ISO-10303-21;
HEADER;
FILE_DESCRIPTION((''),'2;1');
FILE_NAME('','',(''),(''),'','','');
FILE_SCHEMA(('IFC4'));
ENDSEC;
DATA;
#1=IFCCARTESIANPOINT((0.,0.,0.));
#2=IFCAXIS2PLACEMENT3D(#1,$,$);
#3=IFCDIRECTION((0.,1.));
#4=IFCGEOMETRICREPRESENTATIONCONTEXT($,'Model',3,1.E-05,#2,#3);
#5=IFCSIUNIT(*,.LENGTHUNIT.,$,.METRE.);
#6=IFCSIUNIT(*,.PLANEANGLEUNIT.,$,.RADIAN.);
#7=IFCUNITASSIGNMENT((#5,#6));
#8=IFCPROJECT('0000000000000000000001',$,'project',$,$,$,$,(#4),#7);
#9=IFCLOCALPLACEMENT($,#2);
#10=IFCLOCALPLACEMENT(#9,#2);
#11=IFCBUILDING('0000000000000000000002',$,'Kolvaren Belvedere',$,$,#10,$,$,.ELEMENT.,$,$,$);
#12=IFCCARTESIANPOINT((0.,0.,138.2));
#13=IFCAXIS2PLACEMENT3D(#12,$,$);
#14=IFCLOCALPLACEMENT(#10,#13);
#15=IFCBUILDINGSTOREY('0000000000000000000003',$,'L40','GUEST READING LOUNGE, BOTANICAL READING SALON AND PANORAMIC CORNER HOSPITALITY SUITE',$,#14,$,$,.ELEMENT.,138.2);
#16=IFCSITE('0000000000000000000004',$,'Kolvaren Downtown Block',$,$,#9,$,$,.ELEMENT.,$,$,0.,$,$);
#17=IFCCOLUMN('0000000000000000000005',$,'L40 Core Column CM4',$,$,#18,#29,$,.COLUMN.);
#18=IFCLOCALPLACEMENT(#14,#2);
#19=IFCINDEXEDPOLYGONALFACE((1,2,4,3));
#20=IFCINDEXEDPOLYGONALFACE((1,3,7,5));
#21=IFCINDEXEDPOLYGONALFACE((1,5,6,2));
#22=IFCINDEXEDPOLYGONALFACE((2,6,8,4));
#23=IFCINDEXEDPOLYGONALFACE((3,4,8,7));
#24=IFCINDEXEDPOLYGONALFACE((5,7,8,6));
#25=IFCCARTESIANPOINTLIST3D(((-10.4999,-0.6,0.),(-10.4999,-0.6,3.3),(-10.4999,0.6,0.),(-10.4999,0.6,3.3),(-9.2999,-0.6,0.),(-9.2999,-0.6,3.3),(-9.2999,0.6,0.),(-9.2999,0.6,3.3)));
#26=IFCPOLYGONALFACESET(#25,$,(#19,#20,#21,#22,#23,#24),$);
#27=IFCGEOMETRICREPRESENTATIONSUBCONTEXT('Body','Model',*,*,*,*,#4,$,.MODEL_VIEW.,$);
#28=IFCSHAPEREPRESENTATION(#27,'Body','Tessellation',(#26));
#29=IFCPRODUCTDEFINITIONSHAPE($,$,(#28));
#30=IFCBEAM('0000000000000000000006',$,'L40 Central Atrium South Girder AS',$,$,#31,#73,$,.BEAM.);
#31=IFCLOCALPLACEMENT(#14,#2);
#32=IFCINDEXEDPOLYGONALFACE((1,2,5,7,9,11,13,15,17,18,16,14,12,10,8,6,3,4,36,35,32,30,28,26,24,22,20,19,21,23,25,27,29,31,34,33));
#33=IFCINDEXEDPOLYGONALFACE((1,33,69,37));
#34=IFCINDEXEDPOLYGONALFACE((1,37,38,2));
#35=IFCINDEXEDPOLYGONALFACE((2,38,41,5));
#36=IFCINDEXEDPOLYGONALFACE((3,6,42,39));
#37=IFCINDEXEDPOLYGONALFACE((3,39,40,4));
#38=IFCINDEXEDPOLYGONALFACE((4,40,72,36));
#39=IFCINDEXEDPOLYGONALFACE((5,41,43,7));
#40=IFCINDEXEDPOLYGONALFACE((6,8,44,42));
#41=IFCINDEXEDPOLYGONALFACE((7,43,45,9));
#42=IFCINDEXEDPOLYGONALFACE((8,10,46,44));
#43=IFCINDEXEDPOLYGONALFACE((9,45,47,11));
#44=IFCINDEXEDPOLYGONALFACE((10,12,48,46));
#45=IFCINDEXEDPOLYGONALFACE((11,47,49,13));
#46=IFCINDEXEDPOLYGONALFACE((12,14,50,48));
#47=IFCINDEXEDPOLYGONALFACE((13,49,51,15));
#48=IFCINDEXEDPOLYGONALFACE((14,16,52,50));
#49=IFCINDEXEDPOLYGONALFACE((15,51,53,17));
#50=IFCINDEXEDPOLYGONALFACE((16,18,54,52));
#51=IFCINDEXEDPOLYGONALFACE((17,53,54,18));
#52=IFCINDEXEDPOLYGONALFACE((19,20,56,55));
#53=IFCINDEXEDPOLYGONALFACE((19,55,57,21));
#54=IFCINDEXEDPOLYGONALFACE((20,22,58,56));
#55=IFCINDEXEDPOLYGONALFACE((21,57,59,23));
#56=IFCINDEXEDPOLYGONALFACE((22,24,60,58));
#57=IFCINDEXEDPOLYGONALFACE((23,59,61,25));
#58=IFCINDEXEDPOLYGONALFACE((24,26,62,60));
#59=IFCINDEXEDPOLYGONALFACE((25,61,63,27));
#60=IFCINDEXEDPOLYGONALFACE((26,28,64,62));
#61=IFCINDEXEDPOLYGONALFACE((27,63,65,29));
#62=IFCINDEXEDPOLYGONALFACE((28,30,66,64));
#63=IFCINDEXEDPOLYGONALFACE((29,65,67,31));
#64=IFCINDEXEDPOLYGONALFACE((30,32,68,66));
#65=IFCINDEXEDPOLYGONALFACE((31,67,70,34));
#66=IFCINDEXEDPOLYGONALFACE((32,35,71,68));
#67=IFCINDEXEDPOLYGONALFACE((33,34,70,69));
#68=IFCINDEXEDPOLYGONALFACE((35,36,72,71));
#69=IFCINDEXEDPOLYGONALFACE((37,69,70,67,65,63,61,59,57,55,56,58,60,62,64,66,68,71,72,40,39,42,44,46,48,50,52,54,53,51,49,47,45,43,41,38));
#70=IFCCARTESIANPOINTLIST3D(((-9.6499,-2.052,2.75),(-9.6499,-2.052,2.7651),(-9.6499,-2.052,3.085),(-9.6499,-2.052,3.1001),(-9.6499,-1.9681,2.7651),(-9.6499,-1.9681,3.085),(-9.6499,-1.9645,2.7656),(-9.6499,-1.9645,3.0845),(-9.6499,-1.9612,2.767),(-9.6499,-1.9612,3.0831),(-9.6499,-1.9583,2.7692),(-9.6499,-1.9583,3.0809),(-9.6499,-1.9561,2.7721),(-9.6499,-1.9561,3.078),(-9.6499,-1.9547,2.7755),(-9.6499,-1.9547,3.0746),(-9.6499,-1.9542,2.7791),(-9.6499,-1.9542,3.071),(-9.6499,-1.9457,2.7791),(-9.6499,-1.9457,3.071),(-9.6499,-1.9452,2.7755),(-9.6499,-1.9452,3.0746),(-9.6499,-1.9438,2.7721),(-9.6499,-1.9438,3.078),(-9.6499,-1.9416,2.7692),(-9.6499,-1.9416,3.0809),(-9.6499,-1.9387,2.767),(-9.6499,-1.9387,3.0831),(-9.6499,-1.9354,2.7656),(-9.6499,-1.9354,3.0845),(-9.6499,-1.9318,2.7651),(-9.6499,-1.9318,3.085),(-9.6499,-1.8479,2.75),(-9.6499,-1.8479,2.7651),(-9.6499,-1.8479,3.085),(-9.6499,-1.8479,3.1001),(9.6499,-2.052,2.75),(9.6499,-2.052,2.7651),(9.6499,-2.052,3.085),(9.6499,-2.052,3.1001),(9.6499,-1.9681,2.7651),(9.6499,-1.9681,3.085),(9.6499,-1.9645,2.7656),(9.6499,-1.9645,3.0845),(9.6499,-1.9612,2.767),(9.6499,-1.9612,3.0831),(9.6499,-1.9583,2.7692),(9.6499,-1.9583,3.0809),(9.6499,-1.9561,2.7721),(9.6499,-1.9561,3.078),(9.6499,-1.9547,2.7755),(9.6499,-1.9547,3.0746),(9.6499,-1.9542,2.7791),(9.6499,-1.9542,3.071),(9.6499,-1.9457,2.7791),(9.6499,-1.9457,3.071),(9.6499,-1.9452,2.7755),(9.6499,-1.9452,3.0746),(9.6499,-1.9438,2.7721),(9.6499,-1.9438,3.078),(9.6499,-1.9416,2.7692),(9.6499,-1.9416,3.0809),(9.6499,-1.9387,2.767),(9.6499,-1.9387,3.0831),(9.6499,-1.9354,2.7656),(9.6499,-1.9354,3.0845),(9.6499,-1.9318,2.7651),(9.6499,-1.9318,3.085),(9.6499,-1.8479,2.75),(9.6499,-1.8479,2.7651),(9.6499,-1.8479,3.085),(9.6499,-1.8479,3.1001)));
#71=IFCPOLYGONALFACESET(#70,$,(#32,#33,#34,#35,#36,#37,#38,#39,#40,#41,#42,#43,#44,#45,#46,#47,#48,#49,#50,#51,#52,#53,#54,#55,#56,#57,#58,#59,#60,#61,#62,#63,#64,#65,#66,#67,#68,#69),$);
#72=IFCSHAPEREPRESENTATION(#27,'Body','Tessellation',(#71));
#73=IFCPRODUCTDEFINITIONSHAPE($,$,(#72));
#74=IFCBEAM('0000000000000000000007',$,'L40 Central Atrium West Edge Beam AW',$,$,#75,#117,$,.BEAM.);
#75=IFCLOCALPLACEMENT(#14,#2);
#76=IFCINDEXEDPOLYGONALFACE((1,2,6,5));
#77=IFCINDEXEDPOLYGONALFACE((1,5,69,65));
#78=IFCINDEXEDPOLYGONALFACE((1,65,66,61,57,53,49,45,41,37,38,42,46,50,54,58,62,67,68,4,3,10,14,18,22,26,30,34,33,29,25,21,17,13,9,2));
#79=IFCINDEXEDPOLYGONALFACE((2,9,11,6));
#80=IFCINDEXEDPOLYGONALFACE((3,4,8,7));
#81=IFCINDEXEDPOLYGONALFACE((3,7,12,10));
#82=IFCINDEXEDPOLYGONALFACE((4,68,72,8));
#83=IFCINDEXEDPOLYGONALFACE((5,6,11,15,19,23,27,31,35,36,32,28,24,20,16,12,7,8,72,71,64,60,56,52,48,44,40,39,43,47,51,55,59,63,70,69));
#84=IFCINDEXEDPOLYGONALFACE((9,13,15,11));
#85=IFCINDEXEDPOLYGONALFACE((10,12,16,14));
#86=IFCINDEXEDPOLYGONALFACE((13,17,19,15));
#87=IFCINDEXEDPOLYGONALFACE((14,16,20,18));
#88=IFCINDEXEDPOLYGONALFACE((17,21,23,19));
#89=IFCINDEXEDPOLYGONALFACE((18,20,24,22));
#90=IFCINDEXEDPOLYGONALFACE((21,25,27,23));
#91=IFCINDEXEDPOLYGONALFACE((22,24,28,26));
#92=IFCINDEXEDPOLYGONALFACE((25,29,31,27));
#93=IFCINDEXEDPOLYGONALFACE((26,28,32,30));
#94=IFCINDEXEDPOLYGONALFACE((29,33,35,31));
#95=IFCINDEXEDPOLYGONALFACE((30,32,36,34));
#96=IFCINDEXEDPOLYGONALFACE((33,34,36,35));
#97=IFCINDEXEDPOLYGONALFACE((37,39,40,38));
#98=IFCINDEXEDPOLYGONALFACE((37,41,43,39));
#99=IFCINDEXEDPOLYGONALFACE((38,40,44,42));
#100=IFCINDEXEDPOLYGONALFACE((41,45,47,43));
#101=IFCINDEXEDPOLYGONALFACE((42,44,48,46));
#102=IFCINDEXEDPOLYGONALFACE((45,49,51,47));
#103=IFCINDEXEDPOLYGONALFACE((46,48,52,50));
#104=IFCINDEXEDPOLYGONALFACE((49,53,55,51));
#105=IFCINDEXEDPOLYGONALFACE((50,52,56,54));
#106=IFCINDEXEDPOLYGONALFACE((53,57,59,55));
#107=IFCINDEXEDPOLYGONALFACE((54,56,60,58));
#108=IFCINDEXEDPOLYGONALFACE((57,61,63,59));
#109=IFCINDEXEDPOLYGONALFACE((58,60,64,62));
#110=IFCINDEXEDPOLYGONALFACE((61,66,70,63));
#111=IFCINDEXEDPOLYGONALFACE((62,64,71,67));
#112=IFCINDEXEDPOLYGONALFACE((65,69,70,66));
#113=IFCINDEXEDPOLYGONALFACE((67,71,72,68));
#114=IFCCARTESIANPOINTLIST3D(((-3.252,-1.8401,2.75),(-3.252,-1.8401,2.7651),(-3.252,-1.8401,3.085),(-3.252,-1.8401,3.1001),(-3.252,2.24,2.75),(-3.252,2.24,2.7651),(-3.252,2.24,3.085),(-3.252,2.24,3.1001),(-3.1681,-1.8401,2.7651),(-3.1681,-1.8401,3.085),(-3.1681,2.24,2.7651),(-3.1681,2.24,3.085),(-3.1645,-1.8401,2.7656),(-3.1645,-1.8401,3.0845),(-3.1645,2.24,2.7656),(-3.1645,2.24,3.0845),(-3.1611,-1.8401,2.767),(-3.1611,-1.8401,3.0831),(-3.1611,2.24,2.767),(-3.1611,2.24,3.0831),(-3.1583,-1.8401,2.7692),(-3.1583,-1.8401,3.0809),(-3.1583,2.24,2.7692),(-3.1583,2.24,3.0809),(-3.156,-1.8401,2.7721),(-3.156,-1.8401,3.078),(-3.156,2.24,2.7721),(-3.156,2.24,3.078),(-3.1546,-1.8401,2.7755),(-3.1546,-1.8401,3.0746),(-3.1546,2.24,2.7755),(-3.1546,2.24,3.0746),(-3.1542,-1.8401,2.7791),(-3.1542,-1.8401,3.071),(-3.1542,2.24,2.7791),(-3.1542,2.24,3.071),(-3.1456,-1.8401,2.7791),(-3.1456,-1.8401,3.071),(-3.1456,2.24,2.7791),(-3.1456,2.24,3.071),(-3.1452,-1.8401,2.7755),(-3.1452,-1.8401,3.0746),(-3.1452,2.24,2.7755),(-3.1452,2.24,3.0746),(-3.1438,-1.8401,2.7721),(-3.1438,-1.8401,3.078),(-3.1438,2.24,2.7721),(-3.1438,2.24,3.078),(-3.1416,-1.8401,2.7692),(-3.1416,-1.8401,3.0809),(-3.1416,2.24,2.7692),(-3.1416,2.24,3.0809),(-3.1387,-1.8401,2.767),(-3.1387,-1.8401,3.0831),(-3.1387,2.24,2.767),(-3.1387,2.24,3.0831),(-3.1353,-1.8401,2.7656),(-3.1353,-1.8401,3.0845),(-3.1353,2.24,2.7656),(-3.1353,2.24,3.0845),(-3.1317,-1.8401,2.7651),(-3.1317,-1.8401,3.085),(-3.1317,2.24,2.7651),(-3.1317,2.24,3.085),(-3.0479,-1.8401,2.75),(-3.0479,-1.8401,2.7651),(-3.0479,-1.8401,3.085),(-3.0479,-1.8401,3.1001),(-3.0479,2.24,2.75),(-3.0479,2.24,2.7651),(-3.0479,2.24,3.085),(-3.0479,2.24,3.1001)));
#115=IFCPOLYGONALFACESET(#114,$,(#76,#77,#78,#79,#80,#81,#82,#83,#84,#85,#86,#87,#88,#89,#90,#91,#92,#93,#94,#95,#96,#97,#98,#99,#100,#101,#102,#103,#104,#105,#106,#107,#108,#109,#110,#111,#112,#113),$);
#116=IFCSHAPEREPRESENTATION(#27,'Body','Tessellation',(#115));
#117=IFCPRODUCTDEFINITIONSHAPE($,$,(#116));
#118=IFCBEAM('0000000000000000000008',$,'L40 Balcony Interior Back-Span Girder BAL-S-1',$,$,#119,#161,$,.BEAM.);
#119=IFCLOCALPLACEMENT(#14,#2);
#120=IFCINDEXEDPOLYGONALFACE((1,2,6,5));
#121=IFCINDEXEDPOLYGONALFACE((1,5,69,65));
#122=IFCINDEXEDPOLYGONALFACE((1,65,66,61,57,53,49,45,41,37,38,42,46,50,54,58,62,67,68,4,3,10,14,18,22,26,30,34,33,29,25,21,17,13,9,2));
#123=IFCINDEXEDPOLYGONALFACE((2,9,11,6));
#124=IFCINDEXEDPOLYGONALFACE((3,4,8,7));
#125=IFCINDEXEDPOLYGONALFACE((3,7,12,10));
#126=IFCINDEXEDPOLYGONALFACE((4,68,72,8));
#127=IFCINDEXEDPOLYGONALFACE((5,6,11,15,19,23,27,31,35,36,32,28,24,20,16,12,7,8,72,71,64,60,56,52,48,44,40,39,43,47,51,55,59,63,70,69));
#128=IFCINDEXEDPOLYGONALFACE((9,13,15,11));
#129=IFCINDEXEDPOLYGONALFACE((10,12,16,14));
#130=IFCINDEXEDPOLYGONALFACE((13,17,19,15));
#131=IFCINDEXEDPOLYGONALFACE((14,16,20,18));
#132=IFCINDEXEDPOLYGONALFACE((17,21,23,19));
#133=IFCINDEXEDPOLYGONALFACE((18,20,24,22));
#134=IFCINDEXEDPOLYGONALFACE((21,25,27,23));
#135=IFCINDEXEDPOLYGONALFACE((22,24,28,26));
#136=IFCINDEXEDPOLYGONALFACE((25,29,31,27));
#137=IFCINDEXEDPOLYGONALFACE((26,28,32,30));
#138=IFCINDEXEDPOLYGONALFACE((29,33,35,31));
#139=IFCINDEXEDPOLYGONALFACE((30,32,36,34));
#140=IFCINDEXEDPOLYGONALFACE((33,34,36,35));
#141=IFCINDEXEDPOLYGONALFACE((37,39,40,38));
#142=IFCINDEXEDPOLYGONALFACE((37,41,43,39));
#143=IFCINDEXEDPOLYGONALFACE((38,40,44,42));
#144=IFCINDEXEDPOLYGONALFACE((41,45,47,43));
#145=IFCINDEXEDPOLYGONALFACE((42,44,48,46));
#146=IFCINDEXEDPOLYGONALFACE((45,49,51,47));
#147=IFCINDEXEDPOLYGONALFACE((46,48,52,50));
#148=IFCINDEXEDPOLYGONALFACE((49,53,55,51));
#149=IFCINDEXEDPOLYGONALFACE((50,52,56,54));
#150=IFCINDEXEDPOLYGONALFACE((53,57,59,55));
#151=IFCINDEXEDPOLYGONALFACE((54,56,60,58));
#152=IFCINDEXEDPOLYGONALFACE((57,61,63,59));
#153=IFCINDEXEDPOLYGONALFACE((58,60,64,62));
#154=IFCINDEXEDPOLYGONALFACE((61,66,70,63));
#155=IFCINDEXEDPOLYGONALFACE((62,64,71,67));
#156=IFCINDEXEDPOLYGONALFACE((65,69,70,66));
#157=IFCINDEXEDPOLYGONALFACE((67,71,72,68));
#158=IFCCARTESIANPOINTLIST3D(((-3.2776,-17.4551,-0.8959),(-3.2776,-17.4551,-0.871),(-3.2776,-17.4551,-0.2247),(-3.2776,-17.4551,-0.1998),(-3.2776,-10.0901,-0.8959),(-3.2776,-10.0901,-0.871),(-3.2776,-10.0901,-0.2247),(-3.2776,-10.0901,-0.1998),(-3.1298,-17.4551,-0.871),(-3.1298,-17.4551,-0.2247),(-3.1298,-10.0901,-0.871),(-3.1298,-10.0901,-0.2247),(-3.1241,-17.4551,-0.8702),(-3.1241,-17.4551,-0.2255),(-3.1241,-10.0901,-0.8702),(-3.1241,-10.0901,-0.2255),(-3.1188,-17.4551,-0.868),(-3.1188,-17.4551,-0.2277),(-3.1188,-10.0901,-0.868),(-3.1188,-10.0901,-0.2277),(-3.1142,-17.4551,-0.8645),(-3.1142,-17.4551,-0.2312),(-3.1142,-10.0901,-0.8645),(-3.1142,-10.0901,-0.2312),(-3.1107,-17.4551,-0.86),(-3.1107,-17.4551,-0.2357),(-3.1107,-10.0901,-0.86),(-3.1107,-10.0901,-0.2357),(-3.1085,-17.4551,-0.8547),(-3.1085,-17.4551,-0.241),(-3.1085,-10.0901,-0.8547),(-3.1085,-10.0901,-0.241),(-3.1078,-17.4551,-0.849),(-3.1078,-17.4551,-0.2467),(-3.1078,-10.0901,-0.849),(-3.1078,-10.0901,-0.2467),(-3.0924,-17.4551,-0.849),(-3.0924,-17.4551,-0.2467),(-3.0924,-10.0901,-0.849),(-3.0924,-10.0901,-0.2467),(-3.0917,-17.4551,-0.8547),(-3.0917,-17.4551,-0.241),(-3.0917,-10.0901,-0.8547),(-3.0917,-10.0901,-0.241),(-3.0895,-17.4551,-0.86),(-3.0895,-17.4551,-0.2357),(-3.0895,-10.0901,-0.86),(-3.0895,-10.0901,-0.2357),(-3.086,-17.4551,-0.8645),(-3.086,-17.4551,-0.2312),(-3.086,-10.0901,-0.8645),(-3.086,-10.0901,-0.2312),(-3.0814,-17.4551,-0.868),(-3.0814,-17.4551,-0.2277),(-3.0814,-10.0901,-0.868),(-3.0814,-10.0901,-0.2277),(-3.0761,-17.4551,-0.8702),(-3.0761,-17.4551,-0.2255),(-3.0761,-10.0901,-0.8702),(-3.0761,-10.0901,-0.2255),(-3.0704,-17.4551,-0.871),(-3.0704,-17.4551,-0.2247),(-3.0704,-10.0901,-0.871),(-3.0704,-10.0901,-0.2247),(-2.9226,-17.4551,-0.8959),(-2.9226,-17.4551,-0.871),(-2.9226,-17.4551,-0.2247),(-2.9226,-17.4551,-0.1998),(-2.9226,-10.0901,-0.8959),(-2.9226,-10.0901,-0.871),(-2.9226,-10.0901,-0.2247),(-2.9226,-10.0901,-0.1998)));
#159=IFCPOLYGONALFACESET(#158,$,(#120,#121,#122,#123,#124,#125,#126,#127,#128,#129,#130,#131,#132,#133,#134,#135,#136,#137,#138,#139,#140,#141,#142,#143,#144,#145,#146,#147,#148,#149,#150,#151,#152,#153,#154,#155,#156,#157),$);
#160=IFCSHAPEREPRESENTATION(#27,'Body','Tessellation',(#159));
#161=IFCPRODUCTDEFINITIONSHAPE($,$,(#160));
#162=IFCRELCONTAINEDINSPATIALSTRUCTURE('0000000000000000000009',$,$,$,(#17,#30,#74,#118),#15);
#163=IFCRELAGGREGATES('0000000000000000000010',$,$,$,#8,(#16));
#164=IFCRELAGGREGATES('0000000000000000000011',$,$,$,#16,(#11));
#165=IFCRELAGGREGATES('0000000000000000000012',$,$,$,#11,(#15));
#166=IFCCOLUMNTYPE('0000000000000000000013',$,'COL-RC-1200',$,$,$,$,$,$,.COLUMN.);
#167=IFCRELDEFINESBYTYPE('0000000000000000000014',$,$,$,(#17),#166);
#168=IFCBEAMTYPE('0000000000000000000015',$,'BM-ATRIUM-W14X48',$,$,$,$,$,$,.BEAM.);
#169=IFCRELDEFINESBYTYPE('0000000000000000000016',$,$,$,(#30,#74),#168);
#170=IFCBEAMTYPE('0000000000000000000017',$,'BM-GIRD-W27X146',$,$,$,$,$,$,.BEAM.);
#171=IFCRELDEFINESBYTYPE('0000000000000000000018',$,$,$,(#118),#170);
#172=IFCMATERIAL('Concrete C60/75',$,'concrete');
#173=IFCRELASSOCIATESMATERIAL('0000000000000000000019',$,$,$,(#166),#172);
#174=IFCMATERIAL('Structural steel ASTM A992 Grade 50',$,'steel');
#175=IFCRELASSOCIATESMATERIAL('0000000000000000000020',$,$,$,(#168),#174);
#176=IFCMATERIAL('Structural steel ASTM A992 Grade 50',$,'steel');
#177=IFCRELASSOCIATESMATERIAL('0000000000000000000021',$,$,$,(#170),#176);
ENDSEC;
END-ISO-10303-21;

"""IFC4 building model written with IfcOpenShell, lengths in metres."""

from ifc_helpers import new_model, si_unit, direction, frame, origin, origin_2d, place, context, subcontext, project, spatial, rectangle, i_section, extrude, material, material_profile, profile_set, type_object, element, save


model = new_model("IFC4")

# Units and contexts
model_context = context("Model", 3, precision=1e-05, world=origin(), true_north=direction((0.0, 1.0)))
body_context = subcontext(model_context, "Body", "Model", "MODEL_VIEW")
ifc_project = project(units=[si_unit("LENGTHUNIT", "METRE"), si_unit("PLANEANGLEUNIT", "RADIAN")], contexts=[model_context])

# Site, building, storey
site_placement = place(None, origin())
site = spatial("IfcSite", under=ifc_project, at=site_placement, Name="Kolvaren Downtown Block", CompositionType="ELEMENT", RefElevation=0.0)
building_placement = place(site_placement, origin())
building = spatial("IfcBuilding", under=site, at=building_placement, Name="Kolvaren Belvedere", CompositionType="ELEMENT")
storey_placement = place(building_placement, frame((0.0, 0.0, 138.2)))
storey = spatial("IfcBuildingStorey", under=building, at=storey_placement, Name="L40", Description="GUEST READING LOUNGE, BOTANICAL READING SALON AND PANORAMIC CORNER HOSPITALITY SUITE", CompositionType="ELEMENT", Elevation=138.2)

# Column
ifc_material_1 = material(Name="Concrete C60/75", Category="concrete")
ifc_material_profile_1 = material_profile(ifc_material_1, rectangle(XDim=1.2, YDim=1.2, at=origin_2d()), Name="RC 1200X1200")
ifc_profile_set_1 = profile_set([ifc_material_profile_1], Name="Concrete C60/75")
column_type = type_object("IfcColumnType", Name="COL-RC-1200", PredefinedType="COLUMN", material=ifc_profile_set_1)
column_placement = place(storey_placement, frame((-9.8999, 0.0, 0.0), z_axis=(0.0, 0.0, 1.0), x_axis=(1.0, 0.0, 0.0)))
element("IfcColumn", 1, at=column_placement, inside=storey, type_object=column_type, Name="L40 Core Column CM4", PredefinedType="COLUMN", context=body_context, shape_type="SweptSolid", body=[
    extrude(rectangle(XDim=1.2, YDim=1.2, at=origin_2d()), origin(), (0.0, 0.0, 1.0), 3.3),
])

# Beams
ifc_material_2 = material(Name="Structural steel ASTM A992 Grade 50", Category="steel")
ifc_material_profile_2 = material_profile(ifc_material_2, i_section(OverallWidth=0.2041, OverallDepth=0.3501, WebThickness=0.0085, FlangeThickness=0.0151, FilletRadius=0.0139, at=origin_2d()), Name="W14X48")
ifc_profile_set_2 = profile_set([ifc_material_profile_2], Name="Structural steel ASTM A992 Grade 50")
beam_type_1 = type_object("IfcBeamType", Name="BM-ATRIUM-W14X48", PredefinedType="BEAM", material=ifc_profile_set_2)
beam_1_placement = place(storey_placement, frame((-9.6499, -1.95, 2.925), z_axis=(1.0, 0.0, 0.0), x_axis=(0.0, 1.0, 0.0)))
element("IfcBeam", 2, at=beam_1_placement, inside=storey, type_object=beam_type_1, Name="L40 Central Atrium South Girder AS", PredefinedType="BEAM", context=body_context, shape_type="SweptSolid", body=[
    extrude(i_section(OverallWidth=0.2041, OverallDepth=0.3501, WebThickness=0.0085, FlangeThickness=0.0151, FilletRadius=0.0139, at=origin_2d()), origin(), (0.0, 0.0, 1.0), 19.2998),
])
beam_2_placement = place(storey_placement, frame((-3.1499, -1.8401, 2.925), z_axis=(0.0, 1.0, 0.0), x_axis=(-1.0, 0.0, 0.0)))
element("IfcBeam", 3, at=beam_2_placement, inside=storey, type_object=beam_type_1, Name="L40 Central Atrium West Edge Beam AW", PredefinedType="BEAM", context=body_context, shape_type="SweptSolid", body=[
    extrude(i_section(OverallWidth=0.2041, OverallDepth=0.3501, WebThickness=0.0085, FlangeThickness=0.0151, FilletRadius=0.0139, at=origin_2d()), origin(), (0.0, 0.0, 1.0), 4.0801),
])
ifc_material_3 = material(Name="Structural steel ASTM A992 Grade 50", Category="steel")
ifc_material_profile_3 = material_profile(ifc_material_3, i_section(OverallWidth=0.355, OverallDepth=0.696, WebThickness=0.0154, FlangeThickness=0.0249, FilletRadius=0.022, at=origin_2d()), Name="W27X146")
ifc_profile_set_3 = profile_set([ifc_material_profile_3], Name="Structural steel ASTM A992 Grade 50")
beam_type_2 = type_object("IfcBeamType", Name="BM-GIRD-W27X146", PredefinedType="BEAM", material=ifc_profile_set_3)
beam_3_placement = place(storey_placement, frame((-3.1001, -10.0901, -0.5479), z_axis=(0.0, -1.0, 0.0), x_axis=(1.0, 0.0, 0.0)))
element("IfcBeam", 4, at=beam_3_placement, inside=storey, type_object=beam_type_2, Name="L40 Balcony Interior Back-Span Girder BAL-S-1", PredefinedType="BEAM", context=body_context, shape_type="SweptSolid", body=[
    extrude(i_section(OverallWidth=0.355, OverallDepth=0.696, WebThickness=0.0154, FlangeThickness=0.0249, FilletRadius=0.022, at=origin_2d()), origin(), (0.0, 0.0, 1.0), 7.365),
])

save(model, "model.ifc")
